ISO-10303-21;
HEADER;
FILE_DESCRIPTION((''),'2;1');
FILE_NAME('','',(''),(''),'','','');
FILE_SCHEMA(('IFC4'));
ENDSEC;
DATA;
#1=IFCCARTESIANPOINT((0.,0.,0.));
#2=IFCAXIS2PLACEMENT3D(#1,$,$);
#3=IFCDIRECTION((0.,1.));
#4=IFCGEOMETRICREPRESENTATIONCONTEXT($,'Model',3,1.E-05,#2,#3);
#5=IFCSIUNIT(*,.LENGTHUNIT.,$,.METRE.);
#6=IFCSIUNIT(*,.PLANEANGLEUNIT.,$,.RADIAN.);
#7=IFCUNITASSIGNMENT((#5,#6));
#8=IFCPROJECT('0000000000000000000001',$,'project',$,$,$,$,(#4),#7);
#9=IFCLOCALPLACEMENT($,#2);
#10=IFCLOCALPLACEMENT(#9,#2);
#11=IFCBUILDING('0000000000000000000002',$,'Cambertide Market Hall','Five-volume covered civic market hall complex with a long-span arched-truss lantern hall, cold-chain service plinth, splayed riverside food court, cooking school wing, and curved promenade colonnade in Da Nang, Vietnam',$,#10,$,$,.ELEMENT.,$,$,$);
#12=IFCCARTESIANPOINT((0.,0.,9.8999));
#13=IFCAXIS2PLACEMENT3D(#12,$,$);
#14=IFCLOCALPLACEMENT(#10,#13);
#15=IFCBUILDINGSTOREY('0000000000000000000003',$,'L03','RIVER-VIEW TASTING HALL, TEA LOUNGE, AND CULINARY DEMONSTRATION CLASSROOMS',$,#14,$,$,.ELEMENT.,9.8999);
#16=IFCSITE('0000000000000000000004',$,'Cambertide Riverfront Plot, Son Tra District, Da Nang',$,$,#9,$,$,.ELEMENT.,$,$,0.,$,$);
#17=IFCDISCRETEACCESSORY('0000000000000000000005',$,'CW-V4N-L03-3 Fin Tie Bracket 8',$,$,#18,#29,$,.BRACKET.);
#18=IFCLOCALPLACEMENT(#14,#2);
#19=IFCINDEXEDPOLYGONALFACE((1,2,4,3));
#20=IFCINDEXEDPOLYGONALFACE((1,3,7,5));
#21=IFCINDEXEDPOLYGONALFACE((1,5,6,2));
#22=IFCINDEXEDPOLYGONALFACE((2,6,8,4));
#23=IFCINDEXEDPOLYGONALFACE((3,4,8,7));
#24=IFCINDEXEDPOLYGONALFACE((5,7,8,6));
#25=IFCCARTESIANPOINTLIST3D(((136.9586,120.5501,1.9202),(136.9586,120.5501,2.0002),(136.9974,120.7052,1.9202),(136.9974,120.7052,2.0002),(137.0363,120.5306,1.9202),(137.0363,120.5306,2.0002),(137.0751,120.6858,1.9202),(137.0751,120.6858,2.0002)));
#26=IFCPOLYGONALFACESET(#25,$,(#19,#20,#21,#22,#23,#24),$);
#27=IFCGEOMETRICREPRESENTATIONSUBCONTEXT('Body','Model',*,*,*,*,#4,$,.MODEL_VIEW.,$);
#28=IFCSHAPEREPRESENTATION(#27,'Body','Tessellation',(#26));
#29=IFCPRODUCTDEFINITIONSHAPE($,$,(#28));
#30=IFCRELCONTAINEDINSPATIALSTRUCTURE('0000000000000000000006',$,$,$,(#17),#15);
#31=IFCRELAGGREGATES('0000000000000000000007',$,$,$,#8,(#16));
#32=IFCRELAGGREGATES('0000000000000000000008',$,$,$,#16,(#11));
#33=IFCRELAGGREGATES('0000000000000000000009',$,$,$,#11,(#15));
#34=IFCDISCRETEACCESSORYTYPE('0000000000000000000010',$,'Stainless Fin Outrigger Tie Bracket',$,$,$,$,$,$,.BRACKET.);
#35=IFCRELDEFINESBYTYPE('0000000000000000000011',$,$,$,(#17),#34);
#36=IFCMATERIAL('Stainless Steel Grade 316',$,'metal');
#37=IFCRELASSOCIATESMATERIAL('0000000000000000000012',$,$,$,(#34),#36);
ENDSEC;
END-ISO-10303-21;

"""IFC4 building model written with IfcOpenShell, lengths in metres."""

from ifc_helpers import new_model, si_unit, direction, frame, origin, origin_2d, place, context, subcontext, project, spatial, rectangle, extrude, material, type_object, element, save


model = new_model("IFC4")

# Units and contexts
model_context = context("Model", 3, precision=1e-05, world=origin(), true_north=direction((0.0, 1.0)))
body_context = subcontext(model_context, "Body", "Model", "MODEL_VIEW")
ifc_project = project(units=[si_unit("LENGTHUNIT", "METRE"), si_unit("PLANEANGLEUNIT", "RADIAN")], contexts=[model_context])

# Site, building, storey
site_placement = place(None, origin())
site = spatial("IfcSite", under=ifc_project, at=site_placement, Name="Cambertide Riverfront Plot, Son Tra District, Da Nang", CompositionType="ELEMENT", RefElevation=0.0)
building_placement = place(site_placement, origin())
building = spatial("IfcBuilding", under=site, at=building_placement, Name="Cambertide Market Hall", Description="Five-volume covered civic market hall complex with a long-span arched-truss lantern hall, cold-chain service plinth, splayed riverside food court, cooking school wing, and curved promenade colonnade in Da Nang, Vietnam", CompositionType="ELEMENT")
storey_placement = place(building_placement, frame((0.0, 0.0, 9.8999)))
storey = spatial("IfcBuildingStorey", under=building, at=storey_placement, Name="L03", Description="RIVER-VIEW TASTING HALL, TEA LOUNGE, AND CULINARY DEMONSTRATION CLASSROOMS", CompositionType="ELEMENT", Elevation=9.8999)

# Discrete accessory
ifc_material_1 = material(Name="Stainless Steel Grade 316", Category="metal")
discrete_accessory_type = type_object("IfcDiscreteAccessoryType", Name="Stainless Fin Outrigger Tie Bracket", PredefinedType="BRACKET", material=ifc_material_1)
for number, where, z_axis, x_axis, name in (
    (1, (137.0168, 120.6179, 1.9202), (0.0, 0.0, 1.0), (0.970143, -0.242536, 0.0), "CW-V4N-L03-3 Fin Tie Bracket 8"),
):
    element("IfcDiscreteAccessory", number, at=place(storey_placement, frame(where, z_axis=z_axis, x_axis=x_axis)), inside=storey, type_object=discrete_accessory_type, Name=name, PredefinedType="BRACKET", context=body_context, shape_type="SweptSolid", body=[
        extrude(rectangle(XDim=0.0801, YDim=0.1599, at=origin_2d()), origin(), (0.0, 0.0, 1.0), 0.0801),
    ])

save(model, "model.ifc")
